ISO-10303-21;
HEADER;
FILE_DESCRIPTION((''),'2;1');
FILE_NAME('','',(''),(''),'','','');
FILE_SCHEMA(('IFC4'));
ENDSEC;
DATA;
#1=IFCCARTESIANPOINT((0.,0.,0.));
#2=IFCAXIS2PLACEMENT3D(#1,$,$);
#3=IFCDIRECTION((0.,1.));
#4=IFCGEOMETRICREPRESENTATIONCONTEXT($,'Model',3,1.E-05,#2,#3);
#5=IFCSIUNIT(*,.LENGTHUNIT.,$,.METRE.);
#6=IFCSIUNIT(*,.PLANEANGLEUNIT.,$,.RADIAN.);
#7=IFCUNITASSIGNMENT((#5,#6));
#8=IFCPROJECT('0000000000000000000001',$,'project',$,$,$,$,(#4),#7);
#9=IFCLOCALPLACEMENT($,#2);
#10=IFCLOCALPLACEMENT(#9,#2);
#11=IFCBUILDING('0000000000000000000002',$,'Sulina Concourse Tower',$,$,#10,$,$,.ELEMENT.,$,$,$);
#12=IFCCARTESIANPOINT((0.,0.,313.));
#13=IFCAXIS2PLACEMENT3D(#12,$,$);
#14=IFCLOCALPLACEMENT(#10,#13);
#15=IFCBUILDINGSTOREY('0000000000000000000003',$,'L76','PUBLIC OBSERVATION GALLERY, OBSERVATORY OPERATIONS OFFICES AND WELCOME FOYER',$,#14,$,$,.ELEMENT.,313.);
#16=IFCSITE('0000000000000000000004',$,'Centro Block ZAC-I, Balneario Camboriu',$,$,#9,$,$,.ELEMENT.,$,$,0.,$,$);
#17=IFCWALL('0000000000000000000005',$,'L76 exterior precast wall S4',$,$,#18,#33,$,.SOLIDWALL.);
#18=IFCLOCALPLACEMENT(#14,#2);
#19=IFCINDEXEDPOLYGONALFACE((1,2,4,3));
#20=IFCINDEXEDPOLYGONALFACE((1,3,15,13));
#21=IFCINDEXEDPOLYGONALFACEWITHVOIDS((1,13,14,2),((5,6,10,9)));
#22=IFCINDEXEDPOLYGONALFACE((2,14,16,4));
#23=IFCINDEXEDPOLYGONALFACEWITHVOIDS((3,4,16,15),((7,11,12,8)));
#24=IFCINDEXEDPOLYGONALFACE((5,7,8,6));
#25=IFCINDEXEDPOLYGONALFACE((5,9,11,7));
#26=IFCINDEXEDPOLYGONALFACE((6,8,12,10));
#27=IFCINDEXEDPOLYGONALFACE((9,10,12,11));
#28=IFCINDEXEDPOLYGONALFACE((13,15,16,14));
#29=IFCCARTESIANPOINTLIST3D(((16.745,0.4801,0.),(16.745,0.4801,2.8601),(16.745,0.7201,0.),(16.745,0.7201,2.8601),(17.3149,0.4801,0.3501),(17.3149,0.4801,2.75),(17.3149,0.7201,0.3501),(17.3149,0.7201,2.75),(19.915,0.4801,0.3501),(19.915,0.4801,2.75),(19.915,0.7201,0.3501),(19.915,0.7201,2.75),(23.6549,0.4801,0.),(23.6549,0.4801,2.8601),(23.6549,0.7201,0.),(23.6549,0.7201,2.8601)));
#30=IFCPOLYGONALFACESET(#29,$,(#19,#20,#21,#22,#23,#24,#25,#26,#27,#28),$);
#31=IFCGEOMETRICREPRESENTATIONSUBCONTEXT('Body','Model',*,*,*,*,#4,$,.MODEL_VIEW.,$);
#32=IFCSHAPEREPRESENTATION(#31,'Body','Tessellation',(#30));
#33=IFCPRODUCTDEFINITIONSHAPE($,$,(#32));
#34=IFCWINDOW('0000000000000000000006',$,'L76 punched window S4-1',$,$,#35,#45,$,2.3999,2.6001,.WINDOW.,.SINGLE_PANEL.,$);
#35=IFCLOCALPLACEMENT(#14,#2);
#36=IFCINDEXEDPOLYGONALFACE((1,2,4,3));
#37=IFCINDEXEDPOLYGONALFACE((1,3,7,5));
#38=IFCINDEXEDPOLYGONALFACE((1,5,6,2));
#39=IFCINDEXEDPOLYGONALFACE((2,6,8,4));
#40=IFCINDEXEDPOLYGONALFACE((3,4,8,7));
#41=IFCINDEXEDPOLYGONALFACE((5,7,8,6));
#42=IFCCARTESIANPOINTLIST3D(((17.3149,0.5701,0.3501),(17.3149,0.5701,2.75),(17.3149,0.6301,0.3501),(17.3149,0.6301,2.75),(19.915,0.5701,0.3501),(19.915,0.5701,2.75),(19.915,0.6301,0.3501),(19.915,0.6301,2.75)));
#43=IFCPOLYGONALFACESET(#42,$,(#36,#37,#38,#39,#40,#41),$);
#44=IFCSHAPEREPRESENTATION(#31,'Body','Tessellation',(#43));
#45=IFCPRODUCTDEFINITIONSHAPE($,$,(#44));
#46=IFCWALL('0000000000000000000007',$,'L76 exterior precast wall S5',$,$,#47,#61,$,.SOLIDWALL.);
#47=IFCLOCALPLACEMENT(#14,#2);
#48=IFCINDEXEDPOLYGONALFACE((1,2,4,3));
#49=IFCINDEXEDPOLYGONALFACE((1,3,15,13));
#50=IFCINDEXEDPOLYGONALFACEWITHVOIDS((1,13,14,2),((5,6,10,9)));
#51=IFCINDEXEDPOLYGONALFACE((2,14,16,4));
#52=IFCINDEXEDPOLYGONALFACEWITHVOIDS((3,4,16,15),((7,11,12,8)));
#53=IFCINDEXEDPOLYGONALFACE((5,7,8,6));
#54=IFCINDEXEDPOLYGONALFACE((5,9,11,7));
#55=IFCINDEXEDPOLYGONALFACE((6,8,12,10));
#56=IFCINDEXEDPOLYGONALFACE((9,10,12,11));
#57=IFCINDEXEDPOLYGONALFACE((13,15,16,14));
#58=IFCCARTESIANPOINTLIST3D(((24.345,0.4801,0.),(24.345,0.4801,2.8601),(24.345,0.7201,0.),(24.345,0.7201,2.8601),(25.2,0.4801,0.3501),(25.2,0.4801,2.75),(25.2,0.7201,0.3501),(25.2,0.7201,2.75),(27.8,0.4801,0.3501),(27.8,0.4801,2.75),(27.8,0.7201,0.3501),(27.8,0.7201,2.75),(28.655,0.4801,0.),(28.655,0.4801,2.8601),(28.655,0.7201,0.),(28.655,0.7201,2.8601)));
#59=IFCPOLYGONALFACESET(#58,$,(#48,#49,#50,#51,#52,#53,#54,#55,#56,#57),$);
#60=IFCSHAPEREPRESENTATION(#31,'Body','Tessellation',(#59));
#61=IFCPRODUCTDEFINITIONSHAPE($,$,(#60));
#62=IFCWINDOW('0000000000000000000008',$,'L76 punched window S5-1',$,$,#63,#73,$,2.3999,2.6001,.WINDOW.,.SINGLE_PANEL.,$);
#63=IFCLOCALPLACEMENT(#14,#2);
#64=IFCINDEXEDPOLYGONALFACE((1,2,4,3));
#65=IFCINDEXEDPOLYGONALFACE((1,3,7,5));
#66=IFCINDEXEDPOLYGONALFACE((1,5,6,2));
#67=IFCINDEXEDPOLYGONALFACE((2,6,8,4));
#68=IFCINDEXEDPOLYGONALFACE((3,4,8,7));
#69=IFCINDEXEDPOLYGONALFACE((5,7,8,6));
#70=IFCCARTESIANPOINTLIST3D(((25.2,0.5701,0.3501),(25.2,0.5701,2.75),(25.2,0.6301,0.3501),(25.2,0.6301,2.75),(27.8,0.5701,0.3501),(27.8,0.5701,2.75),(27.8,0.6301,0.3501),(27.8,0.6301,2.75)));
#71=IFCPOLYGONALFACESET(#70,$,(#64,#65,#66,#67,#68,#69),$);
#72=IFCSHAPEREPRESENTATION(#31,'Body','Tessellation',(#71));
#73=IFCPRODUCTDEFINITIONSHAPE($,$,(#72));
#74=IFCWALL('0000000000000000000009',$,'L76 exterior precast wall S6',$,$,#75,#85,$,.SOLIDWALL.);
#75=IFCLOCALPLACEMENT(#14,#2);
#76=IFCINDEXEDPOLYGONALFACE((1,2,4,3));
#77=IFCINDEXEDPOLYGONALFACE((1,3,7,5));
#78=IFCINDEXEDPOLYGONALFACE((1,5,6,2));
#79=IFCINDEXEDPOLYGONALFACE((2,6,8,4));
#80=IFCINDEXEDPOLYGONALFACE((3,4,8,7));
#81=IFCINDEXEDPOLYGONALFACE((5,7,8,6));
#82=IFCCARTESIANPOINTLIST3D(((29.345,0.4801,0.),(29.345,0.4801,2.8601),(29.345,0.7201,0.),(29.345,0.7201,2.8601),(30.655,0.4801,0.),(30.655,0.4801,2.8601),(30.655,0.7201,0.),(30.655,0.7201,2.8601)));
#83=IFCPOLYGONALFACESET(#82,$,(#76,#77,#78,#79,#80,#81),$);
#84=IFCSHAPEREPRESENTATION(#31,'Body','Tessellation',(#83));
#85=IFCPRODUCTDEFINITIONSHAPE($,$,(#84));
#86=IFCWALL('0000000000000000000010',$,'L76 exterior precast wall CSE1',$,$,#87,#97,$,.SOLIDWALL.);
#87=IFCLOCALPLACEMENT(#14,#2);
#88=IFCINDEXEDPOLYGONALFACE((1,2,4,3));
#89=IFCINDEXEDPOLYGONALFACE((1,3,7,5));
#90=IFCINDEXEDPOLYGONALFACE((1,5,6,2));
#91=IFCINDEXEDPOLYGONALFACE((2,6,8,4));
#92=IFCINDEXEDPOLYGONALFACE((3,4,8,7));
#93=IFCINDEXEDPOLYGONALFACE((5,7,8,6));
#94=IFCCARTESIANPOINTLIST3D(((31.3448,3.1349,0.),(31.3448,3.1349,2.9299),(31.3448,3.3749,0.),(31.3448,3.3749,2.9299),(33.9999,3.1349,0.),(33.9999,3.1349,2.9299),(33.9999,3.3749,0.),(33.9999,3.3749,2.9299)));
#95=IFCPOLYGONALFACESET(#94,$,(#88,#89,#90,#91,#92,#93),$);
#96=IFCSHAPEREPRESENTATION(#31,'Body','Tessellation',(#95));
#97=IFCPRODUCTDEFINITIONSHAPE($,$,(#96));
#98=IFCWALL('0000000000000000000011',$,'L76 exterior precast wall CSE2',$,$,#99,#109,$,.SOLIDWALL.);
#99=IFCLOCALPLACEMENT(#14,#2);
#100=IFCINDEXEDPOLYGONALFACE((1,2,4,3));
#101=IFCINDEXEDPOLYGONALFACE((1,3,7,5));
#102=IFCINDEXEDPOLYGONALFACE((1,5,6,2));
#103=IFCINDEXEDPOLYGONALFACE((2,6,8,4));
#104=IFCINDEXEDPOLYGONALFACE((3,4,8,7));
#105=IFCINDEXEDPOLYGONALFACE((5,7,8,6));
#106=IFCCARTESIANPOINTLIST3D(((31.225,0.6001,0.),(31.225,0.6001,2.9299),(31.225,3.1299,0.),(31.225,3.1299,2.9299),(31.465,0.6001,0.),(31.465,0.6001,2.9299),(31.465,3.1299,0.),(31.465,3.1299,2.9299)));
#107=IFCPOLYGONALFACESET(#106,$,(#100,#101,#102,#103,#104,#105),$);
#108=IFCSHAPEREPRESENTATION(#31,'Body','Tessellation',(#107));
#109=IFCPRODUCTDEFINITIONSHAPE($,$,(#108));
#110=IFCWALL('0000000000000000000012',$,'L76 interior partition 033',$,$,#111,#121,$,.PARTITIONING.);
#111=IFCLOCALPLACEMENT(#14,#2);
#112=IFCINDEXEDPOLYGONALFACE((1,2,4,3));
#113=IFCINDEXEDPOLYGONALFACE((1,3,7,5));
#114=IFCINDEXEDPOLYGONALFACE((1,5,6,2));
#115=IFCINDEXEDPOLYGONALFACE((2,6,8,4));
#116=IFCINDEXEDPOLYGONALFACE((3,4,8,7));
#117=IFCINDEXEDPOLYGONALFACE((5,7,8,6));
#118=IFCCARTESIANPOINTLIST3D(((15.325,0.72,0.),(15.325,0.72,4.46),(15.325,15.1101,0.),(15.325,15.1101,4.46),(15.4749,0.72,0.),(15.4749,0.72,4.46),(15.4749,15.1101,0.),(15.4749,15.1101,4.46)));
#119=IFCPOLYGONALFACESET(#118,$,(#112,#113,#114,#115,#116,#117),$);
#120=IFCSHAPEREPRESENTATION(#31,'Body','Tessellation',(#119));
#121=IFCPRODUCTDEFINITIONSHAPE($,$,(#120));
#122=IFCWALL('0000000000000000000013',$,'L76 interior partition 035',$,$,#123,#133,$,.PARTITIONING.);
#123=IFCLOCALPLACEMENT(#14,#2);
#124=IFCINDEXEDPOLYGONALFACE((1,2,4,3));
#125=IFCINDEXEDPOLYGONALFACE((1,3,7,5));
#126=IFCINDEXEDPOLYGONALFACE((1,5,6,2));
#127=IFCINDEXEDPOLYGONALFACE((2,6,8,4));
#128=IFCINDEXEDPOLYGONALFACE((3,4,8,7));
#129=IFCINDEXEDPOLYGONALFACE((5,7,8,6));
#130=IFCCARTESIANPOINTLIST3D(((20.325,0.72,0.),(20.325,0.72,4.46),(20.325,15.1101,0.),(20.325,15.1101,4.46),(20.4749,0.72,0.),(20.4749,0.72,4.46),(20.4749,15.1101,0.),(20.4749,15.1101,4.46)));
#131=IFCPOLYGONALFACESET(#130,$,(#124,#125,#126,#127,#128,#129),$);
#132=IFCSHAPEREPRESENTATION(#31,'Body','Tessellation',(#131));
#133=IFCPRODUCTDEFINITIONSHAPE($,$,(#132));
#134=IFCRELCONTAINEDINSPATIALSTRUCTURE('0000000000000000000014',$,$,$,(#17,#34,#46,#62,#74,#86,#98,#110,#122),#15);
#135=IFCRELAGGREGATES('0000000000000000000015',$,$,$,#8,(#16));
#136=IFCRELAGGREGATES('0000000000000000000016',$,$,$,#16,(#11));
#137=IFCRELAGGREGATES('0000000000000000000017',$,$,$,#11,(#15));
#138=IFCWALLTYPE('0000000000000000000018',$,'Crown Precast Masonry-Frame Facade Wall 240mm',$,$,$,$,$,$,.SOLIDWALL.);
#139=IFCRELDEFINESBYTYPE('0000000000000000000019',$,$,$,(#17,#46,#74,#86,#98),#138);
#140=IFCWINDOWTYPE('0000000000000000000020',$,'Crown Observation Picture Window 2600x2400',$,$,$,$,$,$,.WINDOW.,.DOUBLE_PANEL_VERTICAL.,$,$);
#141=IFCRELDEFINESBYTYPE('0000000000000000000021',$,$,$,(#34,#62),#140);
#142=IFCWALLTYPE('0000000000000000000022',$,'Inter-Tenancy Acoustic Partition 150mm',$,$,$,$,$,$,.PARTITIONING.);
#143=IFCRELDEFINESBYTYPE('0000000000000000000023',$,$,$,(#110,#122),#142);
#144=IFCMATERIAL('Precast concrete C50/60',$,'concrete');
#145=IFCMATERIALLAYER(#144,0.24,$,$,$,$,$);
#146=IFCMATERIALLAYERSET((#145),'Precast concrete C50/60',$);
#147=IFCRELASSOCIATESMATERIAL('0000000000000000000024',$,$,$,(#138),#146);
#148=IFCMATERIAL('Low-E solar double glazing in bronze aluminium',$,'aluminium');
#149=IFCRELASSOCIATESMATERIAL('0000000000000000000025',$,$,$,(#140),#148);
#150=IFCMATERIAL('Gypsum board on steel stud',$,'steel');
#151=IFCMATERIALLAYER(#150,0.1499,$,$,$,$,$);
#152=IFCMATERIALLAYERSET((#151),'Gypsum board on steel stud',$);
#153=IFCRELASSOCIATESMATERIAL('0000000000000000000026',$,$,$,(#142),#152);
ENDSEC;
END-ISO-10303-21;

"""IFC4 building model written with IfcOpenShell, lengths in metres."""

from ifc_helpers import new_model, si_unit, direction, frame, frame_2d, origin, place, context, subcontext, project, spatial, rectangle, extrude, material, layer, layer_set, type_object, element, fill, save


model = new_model("IFC4")

# Units and contexts
model_context = context("Model", 3, precision=1e-05, world=origin(), true_north=direction((0.0, 1.0)))
body_context = subcontext(model_context, "Body", "Model", "MODEL_VIEW")
ifc_project = project(units=[si_unit("LENGTHUNIT", "METRE"), si_unit("PLANEANGLEUNIT", "RADIAN")], contexts=[model_context])

# Site, building, storey
site_placement = place(None, origin())
site = spatial("IfcSite", under=ifc_project, at=site_placement, Name="Centro Block ZAC-I, Balneario Camboriu", CompositionType="ELEMENT", RefElevation=0.0)
building_placement = place(site_placement, origin())
building = spatial("IfcBuilding", under=site, at=building_placement, Name="Sulina Concourse Tower", CompositionType="ELEMENT")
storey_placement = place(building_placement, frame((0.0, 0.0, 313.0)))
storey = spatial("IfcBuildingStorey", under=building, at=storey_placement, Name="L76", Description="PUBLIC OBSERVATION GALLERY, OBSERVATORY OPERATIONS OFFICES AND WELCOME FOYER", CompositionType="ELEMENT", Elevation=313.0)

# Shared definitions
ifc_material_1 = material(Name="Precast concrete C50/60", Category="concrete")
ifc_layer_1 = layer(ifc_material_1, 0.24)
ifc_layer_set_1 = layer_set([ifc_layer_1], Name="Precast concrete C50/60")
wall_type_1 = type_object("IfcWallType", Name="Crown Precast Masonry-Frame Facade Wall 240mm", PredefinedType="SOLIDWALL", material=ifc_layer_set_1)

# Walls, openings, windows
wall_1_placement = place(storey_placement, frame((23.655, 0.6001, 0.0), z_axis=(0.0, 0.0, 1.0), x_axis=(-1.0, 0.0, 0.0)))
wall_1 = element("IfcWall", 1, at=wall_1_placement, inside=storey, type_object=wall_type_1, Name="L76 exterior precast wall S4", PredefinedType="SOLIDWALL", context=body_context, shape_type="SweptSolid", body=[
    extrude(rectangle(XDim=6.9099, YDim=0.24, at=frame_2d((3.4551, 0.0))), origin(), (0.0, 0.0, 1.0), 2.8601),
])
opening_1_placement = place(wall_1_placement, frame((3.74, 0.0, 0.3501)))
opening_1 = element("IfcOpeningElement", 2, at=opening_1_placement, cuts=wall_1, PredefinedType="OPENING", context=body_context, shape_type="SweptSolid", body=[
    extrude(rectangle(XDim=2.6001, YDim=2.3999, at=frame_2d((1.3, 1.2))), frame((0.0, 0.1299, 0.0), z_axis=(0.0, -1.0, 0.0), x_axis=(1.0, 0.0, 0.0)), (0.0, 0.0, 1.0), 0.26),
])
ifc_material_2 = material(Name="Low-E solar double glazing in bronze aluminium", Category="aluminium")
window_type = type_object("IfcWindowType", Name="Crown Observation Picture Window 2600x2400", PartitioningType="DOUBLE_PANEL_VERTICAL", PredefinedType="WINDOW", material=ifc_material_2)
window_1_placement = place(opening_1_placement, origin())
window_1 = element("IfcWindow", 3, at=window_1_placement, inside=storey, type_object=window_type, Name="L76 punched window S4-1", OverallHeight=2.3999, OverallWidth=2.6001, PartitioningType="SINGLE_PANEL", PredefinedType="WINDOW", context=body_context, shape_type="SweptSolid", body=[
    extrude(rectangle(XDim=2.6001, YDim=2.3999, at=frame_2d((1.3, 1.2))), frame((0.0, 0.03, 0.0), z_axis=(0.0, -1.0, 0.0), x_axis=(1.0, 0.0, 0.0)), (0.0, 0.0, 1.0), 0.0601),
])
fill(opening_1, window_1)
wall_2_placement = place(storey_placement, frame((28.655, 0.6001, 0.0), z_axis=(0.0, 0.0, 1.0), x_axis=(-1.0, 0.0, 0.0)))
wall_2 = element("IfcWall", 4, at=wall_2_placement, inside=storey, type_object=wall_type_1, Name="L76 exterior precast wall S5", PredefinedType="SOLIDWALL", context=body_context, shape_type="SweptSolid", body=[
    extrude(rectangle(XDim=4.3101, YDim=0.24, at=frame_2d((2.155, 0.0))), origin(), (0.0, 0.0, 1.0), 2.8601),
])
opening_2_placement = place(wall_2_placement, frame((0.855, 0.0, 0.3501)))
opening_2 = element("IfcOpeningElement", 5, at=opening_2_placement, cuts=wall_2, PredefinedType="OPENING", context=body_context, shape_type="SweptSolid", body=[
    extrude(rectangle(XDim=2.6001, YDim=2.3999, at=frame_2d((1.3, 1.2))), frame((0.0, 0.1299, 0.0), z_axis=(0.0, -1.0, 0.0), x_axis=(1.0, 0.0, 0.0)), (0.0, 0.0, 1.0), 0.26),
])
window_2_placement = place(opening_2_placement, origin())
window_2 = element("IfcWindow", 6, at=window_2_placement, inside=storey, type_object=window_type, Name="L76 punched window S5-1", OverallHeight=2.3999, OverallWidth=2.6001, PartitioningType="SINGLE_PANEL", PredefinedType="WINDOW", context=body_context, shape_type="SweptSolid", body=[
    extrude(rectangle(XDim=2.6001, YDim=2.3999, at=frame_2d((1.3, 1.2))), frame((0.0, 0.03, 0.0), z_axis=(0.0, -1.0, 0.0), x_axis=(1.0, 0.0, 0.0)), (0.0, 0.0, 1.0), 0.0601),
])
fill(opening_2, window_2)

# Walls
wall_3_placement = place(storey_placement, frame((30.655, 0.6001, 0.0), z_axis=(0.0, 0.0, 1.0), x_axis=(-1.0, 0.0, 0.0)))
element("IfcWall", 7, at=wall_3_placement, inside=storey, type_object=wall_type_1, Name="L76 exterior precast wall S6", PredefinedType="SOLIDWALL", context=body_context, shape_type="SweptSolid", body=[
    extrude(rectangle(XDim=1.3101, YDim=0.24, at=frame_2d((0.655, 0.0))), origin(), (0.0, 0.0, 1.0), 2.8601),
])
wall_4_placement = place(storey_placement, frame((34.0, 3.2549, 0.0), z_axis=(0.0, 0.0, 1.0), x_axis=(-1.0, 0.0, 0.0)))
element("IfcWall", 8, at=wall_4_placement, inside=storey, type_object=wall_type_1, Name="L76 exterior precast wall CSE1", PredefinedType="SOLIDWALL", context=body_context, shape_type="SweptSolid", body=[
    extrude(rectangle(XDim=2.655, YDim=0.24, at=frame_2d((1.3276, 0.0))), origin(), (0.0, 0.0, 1.0), 2.9299),
])
wall_5_placement = place(storey_placement, frame((31.345, 3.1299, 0.0), z_axis=(0.0, 0.0, 1.0), x_axis=(0.0, -1.0, 0.0)))
element("IfcWall", 9, at=wall_5_placement, inside=storey, type_object=wall_type_1, Name="L76 exterior precast wall CSE2", PredefinedType="SOLIDWALL", context=body_context, shape_type="SweptSolid", body=[
    extrude(rectangle(XDim=2.5298, YDim=0.24, at=frame_2d((1.2649, 0.0))), origin(), (0.0, 0.0, 1.0), 2.9299),
])
ifc_material_3 = material(Name="Gypsum board on steel stud", Category="steel")
ifc_layer_2 = layer(ifc_material_3, 0.1499)
ifc_layer_set_2 = layer_set([ifc_layer_2], Name="Gypsum board on steel stud")
wall_type_2 = type_object("IfcWallType", Name="Inter-Tenancy Acoustic Partition 150mm", PredefinedType="PARTITIONING", material=ifc_layer_set_2)
for number, where, z_axis, x_axis, name in (
    (10, (15.3999, 0.72, 0.0), (0.0, 0.0, 1.0), (0.0, 1.0, 0.0), "L76 interior partition 033"),
    (11, (20.3999, 0.72, 0.0), (0.0, 0.0, 1.0), (0.0, 1.0, 0.0), "L76 interior partition 035"),
):
    element("IfcWall", number, at=place(storey_placement, frame(where, z_axis=z_axis, x_axis=x_axis)), inside=storey, type_object=wall_type_2, Name=name, PredefinedType="PARTITIONING", context=body_context, shape_type="SweptSolid", body=[
        extrude(rectangle(XDim=14.3901, YDim=0.1499, at=frame_2d((7.1951, 0.0))), origin(), (0.0, 0.0, 1.0), 4.46),
    ])

save(model, "model.ifc")
